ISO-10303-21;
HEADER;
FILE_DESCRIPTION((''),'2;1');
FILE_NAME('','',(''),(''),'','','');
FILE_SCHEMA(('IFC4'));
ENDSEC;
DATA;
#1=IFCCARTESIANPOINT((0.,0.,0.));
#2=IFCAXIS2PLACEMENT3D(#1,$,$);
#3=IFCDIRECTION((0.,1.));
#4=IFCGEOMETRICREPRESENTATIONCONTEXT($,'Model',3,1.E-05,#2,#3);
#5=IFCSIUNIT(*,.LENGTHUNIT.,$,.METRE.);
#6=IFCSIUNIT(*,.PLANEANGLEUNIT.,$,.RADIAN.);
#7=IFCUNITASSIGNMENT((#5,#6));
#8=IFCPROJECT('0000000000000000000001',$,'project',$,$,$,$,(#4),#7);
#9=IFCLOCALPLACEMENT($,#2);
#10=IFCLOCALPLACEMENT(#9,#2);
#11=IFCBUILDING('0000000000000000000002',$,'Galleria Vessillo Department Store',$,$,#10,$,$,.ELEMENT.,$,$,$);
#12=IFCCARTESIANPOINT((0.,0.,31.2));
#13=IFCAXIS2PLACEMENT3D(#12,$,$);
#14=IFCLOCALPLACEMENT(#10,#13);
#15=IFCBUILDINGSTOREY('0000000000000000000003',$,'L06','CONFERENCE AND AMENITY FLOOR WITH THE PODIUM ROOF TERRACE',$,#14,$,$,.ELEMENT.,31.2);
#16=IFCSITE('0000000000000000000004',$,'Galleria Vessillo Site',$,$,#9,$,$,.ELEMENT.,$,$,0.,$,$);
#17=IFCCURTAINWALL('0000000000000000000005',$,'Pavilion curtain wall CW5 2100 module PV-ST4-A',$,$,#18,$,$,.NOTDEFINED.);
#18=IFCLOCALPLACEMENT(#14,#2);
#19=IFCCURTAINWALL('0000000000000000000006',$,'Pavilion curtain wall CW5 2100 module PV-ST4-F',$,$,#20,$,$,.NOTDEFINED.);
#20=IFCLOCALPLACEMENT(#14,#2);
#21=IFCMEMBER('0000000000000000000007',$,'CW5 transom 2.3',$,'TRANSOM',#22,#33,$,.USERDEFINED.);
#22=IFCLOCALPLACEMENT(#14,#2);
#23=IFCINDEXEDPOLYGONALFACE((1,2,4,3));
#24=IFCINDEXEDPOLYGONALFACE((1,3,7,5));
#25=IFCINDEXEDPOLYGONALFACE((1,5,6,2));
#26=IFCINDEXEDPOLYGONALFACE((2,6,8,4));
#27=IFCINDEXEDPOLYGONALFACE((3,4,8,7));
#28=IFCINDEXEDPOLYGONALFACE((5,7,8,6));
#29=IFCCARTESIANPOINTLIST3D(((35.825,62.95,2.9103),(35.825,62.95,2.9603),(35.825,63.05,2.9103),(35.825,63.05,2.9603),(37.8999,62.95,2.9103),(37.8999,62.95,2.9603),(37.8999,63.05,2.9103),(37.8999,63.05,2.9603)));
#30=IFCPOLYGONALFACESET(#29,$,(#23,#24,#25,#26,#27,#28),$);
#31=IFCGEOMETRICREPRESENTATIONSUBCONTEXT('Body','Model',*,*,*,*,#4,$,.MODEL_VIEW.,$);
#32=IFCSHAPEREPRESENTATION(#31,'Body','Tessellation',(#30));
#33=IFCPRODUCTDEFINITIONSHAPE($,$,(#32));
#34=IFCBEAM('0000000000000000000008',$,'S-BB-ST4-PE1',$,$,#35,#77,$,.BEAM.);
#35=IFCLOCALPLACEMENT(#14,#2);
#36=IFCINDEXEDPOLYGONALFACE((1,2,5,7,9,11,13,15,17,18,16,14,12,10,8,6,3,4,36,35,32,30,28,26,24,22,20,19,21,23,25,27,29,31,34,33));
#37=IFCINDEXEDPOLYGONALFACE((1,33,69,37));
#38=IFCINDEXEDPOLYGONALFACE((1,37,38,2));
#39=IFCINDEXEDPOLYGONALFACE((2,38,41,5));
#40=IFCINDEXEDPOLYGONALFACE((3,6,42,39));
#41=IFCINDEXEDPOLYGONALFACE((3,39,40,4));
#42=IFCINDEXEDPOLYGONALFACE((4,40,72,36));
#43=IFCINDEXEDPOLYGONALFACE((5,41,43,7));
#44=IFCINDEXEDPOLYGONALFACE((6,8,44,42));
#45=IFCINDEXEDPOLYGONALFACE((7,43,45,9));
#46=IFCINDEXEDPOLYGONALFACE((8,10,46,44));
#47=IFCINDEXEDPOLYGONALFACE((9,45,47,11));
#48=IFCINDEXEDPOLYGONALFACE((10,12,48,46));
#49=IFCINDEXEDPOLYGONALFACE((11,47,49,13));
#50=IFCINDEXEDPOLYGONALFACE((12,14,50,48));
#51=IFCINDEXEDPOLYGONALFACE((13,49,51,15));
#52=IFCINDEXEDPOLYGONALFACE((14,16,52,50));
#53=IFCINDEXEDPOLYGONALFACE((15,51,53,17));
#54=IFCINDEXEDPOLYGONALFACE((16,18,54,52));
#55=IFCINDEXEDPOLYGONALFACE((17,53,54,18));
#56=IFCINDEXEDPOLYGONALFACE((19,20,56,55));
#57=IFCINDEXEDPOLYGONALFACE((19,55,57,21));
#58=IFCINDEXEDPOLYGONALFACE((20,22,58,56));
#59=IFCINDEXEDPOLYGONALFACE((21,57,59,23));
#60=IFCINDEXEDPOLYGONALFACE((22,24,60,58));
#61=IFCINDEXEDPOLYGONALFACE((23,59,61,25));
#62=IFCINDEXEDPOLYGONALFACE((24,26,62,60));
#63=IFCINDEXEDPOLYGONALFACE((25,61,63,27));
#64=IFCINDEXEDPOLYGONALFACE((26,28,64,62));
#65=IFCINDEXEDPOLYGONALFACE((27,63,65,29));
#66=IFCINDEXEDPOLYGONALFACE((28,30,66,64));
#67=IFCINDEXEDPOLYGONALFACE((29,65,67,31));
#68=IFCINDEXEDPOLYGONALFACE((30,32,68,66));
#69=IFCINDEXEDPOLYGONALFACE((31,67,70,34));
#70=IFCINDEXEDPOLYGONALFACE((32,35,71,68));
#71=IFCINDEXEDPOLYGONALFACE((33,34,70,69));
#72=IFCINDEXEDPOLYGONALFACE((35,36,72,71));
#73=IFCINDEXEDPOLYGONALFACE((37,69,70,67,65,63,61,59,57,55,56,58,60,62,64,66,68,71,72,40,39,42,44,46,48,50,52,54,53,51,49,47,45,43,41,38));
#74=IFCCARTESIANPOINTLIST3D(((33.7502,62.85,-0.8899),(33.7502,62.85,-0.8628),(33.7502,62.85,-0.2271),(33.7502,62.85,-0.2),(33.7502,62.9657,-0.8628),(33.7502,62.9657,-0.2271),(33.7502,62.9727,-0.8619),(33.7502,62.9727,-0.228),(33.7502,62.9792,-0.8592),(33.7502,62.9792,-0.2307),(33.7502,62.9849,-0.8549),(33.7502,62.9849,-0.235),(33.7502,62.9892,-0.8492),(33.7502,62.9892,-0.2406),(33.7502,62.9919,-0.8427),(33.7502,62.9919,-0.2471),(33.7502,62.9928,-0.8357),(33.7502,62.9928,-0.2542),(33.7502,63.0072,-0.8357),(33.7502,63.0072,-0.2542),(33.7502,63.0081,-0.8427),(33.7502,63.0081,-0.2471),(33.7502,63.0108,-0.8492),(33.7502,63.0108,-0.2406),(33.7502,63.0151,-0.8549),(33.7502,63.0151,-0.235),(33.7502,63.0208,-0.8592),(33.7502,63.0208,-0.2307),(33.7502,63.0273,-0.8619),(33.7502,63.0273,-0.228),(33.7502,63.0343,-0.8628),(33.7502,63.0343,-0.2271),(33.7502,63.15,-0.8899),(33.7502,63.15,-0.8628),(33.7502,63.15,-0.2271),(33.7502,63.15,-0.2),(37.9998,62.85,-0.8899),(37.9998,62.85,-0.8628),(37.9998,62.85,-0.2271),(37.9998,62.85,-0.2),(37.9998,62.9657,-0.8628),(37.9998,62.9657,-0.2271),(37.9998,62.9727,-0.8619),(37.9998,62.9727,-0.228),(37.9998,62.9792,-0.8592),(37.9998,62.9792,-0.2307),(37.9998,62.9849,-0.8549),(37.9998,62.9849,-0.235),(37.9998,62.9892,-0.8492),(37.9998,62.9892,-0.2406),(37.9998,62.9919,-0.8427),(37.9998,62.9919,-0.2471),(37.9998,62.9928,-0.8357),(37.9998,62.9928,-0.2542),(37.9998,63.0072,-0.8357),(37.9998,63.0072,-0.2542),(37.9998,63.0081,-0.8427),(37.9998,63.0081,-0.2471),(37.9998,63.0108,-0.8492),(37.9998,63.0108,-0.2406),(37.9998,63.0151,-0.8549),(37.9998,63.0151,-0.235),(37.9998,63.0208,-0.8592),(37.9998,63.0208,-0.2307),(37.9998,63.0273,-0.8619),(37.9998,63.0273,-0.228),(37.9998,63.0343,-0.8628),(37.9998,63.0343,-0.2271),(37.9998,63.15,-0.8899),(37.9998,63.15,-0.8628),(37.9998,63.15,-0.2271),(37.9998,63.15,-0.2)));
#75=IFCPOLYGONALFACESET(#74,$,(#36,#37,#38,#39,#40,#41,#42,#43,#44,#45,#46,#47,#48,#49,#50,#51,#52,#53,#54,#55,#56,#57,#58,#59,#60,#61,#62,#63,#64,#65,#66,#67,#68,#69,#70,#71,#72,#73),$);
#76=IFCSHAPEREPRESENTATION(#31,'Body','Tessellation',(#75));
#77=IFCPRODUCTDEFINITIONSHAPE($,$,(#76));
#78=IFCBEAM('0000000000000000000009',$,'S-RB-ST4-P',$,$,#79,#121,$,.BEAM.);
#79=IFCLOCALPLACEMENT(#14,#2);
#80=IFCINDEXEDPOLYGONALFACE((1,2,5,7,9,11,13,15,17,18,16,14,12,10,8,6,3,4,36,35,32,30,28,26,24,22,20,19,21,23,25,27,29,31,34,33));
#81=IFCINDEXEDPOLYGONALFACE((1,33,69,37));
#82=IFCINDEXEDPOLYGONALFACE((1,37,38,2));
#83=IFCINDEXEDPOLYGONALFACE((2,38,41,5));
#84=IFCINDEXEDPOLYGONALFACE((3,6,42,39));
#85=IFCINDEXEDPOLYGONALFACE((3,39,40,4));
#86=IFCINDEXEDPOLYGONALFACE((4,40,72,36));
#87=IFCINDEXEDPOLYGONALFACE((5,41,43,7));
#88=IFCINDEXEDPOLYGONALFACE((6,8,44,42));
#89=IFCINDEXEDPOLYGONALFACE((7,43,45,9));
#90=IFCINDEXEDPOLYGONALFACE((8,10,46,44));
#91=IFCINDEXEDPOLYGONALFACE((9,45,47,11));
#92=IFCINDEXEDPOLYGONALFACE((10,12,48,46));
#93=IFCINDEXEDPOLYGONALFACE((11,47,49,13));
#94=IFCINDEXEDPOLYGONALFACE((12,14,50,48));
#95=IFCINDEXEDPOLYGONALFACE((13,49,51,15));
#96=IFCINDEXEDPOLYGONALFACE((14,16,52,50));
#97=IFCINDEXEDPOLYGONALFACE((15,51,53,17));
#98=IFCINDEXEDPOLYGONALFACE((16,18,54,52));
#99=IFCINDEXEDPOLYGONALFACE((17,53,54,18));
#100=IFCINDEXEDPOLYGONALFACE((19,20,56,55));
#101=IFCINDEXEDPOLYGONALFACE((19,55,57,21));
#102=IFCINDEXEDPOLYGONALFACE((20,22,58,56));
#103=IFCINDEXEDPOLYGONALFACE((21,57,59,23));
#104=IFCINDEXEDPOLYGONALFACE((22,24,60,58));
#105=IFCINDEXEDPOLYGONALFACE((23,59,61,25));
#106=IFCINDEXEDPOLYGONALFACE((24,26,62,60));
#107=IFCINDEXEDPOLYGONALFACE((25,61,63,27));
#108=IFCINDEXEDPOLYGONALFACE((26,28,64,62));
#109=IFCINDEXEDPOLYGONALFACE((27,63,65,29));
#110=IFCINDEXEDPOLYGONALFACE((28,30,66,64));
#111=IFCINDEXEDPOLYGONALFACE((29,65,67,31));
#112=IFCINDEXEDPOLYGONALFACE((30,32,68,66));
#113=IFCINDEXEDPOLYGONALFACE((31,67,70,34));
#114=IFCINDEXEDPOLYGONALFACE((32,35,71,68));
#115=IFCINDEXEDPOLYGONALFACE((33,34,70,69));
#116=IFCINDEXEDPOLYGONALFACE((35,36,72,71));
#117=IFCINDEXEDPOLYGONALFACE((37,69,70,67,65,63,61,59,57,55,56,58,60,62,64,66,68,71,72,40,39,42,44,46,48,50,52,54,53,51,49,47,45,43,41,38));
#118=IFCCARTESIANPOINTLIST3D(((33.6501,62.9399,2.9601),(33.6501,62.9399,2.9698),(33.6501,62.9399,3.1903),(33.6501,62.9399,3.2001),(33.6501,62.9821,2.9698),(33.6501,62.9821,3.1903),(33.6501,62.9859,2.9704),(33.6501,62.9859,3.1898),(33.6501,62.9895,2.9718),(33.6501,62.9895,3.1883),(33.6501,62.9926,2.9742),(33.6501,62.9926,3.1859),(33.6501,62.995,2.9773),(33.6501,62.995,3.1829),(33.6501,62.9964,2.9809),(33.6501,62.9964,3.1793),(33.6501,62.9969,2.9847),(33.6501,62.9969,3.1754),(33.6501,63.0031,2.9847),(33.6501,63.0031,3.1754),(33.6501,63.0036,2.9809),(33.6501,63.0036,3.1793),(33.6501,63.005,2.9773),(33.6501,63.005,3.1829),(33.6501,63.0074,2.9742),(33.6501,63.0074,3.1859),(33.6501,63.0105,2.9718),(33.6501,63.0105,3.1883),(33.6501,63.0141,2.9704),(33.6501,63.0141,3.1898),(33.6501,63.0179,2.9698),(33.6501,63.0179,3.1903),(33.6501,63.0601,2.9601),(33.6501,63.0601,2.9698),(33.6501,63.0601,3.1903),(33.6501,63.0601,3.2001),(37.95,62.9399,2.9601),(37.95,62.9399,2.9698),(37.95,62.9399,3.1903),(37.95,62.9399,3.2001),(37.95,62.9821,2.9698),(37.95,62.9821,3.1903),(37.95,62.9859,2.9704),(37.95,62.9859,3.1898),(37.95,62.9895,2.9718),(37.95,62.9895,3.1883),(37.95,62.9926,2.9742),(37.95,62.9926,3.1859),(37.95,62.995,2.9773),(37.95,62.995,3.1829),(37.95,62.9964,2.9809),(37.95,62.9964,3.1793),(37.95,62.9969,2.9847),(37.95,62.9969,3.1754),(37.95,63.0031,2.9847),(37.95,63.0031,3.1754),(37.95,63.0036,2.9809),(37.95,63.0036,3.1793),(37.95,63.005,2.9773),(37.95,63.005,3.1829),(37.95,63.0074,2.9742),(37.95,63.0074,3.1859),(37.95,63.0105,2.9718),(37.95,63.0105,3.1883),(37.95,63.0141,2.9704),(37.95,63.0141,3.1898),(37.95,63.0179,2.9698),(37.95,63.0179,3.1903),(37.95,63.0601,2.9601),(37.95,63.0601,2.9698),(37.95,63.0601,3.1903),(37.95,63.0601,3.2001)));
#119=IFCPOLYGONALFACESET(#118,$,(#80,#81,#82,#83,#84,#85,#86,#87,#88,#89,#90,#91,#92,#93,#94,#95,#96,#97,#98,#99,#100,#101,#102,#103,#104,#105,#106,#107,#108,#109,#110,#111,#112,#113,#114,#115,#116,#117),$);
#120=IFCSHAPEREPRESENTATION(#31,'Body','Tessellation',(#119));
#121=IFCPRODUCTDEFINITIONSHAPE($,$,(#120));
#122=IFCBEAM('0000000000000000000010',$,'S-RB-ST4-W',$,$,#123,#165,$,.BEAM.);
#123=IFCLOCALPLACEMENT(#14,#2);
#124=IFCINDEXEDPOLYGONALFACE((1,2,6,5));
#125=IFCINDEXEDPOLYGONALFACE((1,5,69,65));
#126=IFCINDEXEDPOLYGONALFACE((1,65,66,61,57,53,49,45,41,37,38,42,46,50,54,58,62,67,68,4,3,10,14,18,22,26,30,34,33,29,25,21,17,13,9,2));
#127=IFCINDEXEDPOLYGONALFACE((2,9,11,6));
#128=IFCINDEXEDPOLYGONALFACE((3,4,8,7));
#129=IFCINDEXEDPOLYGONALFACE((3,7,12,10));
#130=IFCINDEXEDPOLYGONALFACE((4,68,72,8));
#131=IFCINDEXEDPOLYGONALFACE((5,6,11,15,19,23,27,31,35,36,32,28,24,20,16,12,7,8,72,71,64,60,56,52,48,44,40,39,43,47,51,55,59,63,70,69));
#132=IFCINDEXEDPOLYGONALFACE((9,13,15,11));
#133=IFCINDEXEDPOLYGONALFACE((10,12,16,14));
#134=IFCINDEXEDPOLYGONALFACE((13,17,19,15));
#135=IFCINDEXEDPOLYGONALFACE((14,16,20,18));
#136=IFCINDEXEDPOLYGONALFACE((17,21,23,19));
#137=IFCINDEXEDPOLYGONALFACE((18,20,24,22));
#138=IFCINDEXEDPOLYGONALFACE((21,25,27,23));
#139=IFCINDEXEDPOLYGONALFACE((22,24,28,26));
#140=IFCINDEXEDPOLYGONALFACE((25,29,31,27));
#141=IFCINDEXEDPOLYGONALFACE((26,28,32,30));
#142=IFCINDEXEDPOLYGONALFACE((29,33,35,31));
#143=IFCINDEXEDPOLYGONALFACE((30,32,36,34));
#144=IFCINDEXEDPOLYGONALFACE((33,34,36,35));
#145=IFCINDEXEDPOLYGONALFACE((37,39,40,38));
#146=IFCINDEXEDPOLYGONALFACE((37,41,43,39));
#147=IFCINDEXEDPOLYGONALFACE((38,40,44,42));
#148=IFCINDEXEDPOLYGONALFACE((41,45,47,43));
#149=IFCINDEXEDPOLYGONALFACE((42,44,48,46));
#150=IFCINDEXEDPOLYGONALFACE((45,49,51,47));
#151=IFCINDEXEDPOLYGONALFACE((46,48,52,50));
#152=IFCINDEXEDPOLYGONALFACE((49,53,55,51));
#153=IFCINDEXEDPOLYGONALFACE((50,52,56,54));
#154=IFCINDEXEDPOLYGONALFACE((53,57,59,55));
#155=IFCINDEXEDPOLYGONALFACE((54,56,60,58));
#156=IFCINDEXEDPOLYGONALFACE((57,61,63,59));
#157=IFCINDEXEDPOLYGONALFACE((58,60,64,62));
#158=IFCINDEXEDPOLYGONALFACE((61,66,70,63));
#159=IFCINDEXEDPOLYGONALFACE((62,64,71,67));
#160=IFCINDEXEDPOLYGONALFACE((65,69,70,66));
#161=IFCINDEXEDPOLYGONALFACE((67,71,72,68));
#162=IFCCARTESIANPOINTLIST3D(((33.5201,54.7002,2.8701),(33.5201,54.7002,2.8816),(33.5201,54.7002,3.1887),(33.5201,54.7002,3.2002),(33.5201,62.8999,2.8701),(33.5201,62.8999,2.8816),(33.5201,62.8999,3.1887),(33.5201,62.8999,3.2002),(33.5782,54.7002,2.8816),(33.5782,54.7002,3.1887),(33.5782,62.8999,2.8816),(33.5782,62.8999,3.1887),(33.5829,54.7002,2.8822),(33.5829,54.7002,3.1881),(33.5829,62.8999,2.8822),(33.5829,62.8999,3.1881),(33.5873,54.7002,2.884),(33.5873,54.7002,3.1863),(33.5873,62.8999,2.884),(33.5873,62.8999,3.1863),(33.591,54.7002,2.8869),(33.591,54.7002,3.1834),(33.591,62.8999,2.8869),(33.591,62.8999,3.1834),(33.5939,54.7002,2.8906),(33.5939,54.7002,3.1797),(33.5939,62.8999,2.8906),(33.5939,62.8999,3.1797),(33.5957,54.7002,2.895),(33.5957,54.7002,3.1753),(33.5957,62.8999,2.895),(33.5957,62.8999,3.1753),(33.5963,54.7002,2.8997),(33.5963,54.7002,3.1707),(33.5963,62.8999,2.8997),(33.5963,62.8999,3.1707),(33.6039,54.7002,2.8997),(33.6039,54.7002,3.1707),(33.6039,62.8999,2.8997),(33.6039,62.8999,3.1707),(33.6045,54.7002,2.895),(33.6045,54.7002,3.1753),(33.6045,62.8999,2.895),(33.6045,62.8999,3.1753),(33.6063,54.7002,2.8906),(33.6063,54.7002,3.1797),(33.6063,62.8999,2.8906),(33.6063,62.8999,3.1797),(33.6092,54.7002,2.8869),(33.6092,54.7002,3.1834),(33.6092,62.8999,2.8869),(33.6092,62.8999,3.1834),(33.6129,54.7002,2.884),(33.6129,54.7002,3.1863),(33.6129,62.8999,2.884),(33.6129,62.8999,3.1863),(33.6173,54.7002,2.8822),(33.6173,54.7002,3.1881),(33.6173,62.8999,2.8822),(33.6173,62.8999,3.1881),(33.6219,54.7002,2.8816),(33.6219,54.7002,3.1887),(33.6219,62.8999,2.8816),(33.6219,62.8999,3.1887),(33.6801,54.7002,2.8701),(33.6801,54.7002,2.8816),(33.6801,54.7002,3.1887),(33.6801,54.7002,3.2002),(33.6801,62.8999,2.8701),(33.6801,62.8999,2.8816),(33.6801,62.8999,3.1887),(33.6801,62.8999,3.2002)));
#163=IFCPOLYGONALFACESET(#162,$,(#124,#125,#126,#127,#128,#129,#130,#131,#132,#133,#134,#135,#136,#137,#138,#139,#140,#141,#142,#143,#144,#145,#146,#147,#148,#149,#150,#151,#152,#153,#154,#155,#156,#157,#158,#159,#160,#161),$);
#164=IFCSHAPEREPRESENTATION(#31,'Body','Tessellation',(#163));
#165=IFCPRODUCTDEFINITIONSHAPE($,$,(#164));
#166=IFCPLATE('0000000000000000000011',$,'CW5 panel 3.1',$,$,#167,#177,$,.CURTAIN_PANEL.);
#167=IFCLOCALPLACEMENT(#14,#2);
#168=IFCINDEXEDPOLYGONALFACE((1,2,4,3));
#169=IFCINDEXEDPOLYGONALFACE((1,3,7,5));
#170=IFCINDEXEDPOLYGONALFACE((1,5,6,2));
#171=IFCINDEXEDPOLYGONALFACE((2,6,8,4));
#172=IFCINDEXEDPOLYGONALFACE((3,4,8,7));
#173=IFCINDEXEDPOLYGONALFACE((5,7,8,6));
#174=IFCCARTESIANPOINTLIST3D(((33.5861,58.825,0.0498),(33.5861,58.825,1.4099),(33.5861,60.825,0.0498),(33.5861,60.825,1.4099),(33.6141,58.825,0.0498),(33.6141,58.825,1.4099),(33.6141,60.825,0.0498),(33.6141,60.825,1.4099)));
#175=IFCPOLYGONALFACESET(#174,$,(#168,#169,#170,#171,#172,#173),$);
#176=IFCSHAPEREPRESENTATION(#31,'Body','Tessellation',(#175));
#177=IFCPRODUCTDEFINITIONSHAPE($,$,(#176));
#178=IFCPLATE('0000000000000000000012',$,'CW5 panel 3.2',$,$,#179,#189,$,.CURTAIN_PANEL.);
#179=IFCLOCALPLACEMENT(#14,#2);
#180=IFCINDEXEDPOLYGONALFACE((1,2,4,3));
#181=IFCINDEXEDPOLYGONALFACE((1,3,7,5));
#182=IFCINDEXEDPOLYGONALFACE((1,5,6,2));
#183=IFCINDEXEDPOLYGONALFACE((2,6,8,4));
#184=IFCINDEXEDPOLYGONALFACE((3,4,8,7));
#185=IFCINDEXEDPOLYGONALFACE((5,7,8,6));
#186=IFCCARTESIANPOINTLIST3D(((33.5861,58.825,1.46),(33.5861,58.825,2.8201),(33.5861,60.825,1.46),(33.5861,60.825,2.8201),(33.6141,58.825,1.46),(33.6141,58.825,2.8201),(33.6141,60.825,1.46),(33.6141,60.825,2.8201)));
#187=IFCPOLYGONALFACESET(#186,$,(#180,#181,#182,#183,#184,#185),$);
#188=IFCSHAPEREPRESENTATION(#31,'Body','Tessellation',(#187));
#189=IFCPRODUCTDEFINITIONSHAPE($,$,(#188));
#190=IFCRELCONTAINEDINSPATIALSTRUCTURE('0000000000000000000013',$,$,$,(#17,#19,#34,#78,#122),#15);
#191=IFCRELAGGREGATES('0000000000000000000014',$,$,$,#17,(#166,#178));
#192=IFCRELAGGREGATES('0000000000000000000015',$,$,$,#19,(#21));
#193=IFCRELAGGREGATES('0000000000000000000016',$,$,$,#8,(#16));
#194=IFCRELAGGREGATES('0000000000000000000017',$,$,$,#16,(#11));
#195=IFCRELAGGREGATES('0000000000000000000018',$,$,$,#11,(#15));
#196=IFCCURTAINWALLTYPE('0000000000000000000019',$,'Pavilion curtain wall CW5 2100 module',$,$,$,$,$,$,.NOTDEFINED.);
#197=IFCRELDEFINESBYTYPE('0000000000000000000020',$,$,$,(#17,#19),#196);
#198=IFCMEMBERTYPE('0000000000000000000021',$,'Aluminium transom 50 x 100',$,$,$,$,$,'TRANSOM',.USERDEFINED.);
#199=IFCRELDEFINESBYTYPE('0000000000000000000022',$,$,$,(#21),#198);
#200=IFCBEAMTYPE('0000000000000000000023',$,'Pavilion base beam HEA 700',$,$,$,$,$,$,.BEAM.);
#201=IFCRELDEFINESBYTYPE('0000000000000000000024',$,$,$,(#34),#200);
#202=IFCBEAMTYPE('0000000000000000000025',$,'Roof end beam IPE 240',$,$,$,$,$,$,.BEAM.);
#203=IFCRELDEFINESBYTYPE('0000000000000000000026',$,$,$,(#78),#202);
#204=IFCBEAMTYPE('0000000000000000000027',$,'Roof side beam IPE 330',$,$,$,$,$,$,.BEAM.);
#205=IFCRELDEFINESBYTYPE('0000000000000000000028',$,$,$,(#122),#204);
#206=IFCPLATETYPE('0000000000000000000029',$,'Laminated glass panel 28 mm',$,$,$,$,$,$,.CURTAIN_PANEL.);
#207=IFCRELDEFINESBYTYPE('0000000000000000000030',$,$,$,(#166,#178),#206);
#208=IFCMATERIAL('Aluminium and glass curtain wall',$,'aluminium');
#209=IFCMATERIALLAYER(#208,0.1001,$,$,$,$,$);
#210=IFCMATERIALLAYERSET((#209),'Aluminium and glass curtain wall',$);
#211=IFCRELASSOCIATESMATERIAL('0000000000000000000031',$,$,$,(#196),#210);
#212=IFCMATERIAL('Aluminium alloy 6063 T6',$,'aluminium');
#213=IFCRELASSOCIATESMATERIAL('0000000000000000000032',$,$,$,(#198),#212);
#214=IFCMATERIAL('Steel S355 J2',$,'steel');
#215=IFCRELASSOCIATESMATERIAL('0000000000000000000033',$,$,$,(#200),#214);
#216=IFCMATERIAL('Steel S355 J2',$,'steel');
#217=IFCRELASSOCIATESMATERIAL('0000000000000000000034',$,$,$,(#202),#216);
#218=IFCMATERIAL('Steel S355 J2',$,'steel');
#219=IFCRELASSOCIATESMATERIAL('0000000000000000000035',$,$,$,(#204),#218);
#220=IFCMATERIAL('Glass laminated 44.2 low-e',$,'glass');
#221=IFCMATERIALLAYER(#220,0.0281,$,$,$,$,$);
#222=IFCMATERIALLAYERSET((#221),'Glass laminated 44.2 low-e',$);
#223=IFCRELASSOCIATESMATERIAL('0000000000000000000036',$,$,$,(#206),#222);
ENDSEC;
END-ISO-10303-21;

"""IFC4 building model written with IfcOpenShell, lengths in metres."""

from ifc_helpers import new_model, si_unit, direction, frame, origin, origin_2d, place, context, subcontext, project, spatial, rectangle, i_section, extrude, material, layer, layer_set, material_profile, profile_set, type_object, element, aggregate, save


model = new_model("IFC4")

# Units and contexts
model_context = context("Model", 3, precision=1e-05, world=origin(), true_north=direction((0.0, 1.0)))
body_context = subcontext(model_context, "Body", "Model", "MODEL_VIEW")
ifc_project = project(units=[si_unit("LENGTHUNIT", "METRE"), si_unit("PLANEANGLEUNIT", "RADIAN")], contexts=[model_context])

# Site, building, storey
site_placement = place(None, origin())
site = spatial("IfcSite", under=ifc_project, at=site_placement, Name="Galleria Vessillo Site", CompositionType="ELEMENT", RefElevation=0.0)
building_placement = place(site_placement, origin())
building = spatial("IfcBuilding", under=site, at=building_placement, Name="Galleria Vessillo Department Store", CompositionType="ELEMENT")
storey_placement = place(building_placement, frame((0.0, 0.0, 31.2)))
storey = spatial("IfcBuildingStorey", under=building, at=storey_placement, Name="L06", Description="CONFERENCE AND AMENITY FLOOR WITH THE PODIUM ROOF TERRACE", CompositionType="ELEMENT", Elevation=31.2)

# Curtain walls
ifc_material_1 = material(Name="Aluminium and glass curtain wall", Category="aluminium")
ifc_layer_1 = layer(ifc_material_1, 0.1001)
ifc_layer_set_1 = layer_set([ifc_layer_1], Name="Aluminium and glass curtain wall")
curtain_wall_type = type_object("IfcCurtainWallType", Name="Pavilion curtain wall CW5 2100 module", PredefinedType="NOTDEFINED", material=ifc_layer_set_1)
curtain_wall_1_placement = place(storey_placement, origin())
curtain_wall_1 = element("IfcCurtainWall", 1, at=curtain_wall_1_placement, inside=storey, type_object=curtain_wall_type, Name="Pavilion curtain wall CW5 2100 module PV-ST4-A", PredefinedType="NOTDEFINED")
curtain_wall_2_placement = place(storey_placement, origin())
curtain_wall_2 = element("IfcCurtainWall", 2, at=curtain_wall_2_placement, inside=storey, type_object=curtain_wall_type, Name="Pavilion curtain wall CW5 2100 module PV-ST4-F", PredefinedType="NOTDEFINED")

# Member
ifc_material_2 = material(Name="Aluminium alloy 6063 T6", Category="aluminium")
ifc_material_profile_1 = material_profile(ifc_material_2, rectangle(XDim=0.1001, YDim=0.05, at=origin_2d()), Name="AL 50x100")
ifc_profile_set_1 = profile_set([ifc_material_profile_1], Name="Aluminium alloy 6063 T6")
member_type_1 = type_object("IfcMemberType", Name="Aluminium transom 50 x 100", ElementType="TRANSOM", PredefinedType="USERDEFINED", material=ifc_profile_set_1)
member_1_placement = place(storey_placement, frame((35.825, 63.0, 2.9353), z_axis=(1.0, 0.0, 0.0), x_axis=(0.0, 1.0, 0.0)))
member_1 = element("IfcMember", 3, at=member_1_placement, type_object=member_type_1, Name="CW5 transom 2.3", ObjectType="TRANSOM", PredefinedType="USERDEFINED", context=body_context, shape_type="SweptSolid", body=[
    extrude(rectangle(XDim=0.1001, YDim=0.05, at=origin_2d()), origin(), (0.0, 0.0, 1.0), 2.075),
])

# Beams
ifc_material_3 = material(Name="Steel S355 J2", Category="steel")
ifc_material_profile_2 = material_profile(ifc_material_3, i_section(OverallWidth=0.3, OverallDepth=0.6899, WebThickness=0.0144, FlangeThickness=0.0271, FilletRadius=0.0271, at=origin_2d()), Name="HEA 700")
ifc_profile_set_2 = profile_set([ifc_material_profile_2], Name="Steel S355 J2")
beam_type_1 = type_object("IfcBeamType", Name="Pavilion base beam HEA 700", PredefinedType="BEAM", material=ifc_profile_set_2)
beam_1_placement = place(storey_placement, frame((33.7502, 63.0, -0.5449), z_axis=(1.0, 0.0, 0.0), x_axis=(0.0, 1.0, 0.0)))
element("IfcBeam", 4, at=beam_1_placement, inside=storey, type_object=beam_type_1, Name="S-BB-ST4-PE1", PredefinedType="BEAM", context=body_context, shape_type="SweptSolid", body=[
    extrude(i_section(OverallWidth=0.3, OverallDepth=0.6899, WebThickness=0.0144, FlangeThickness=0.0271, FilletRadius=0.0271, at=origin_2d()), origin(), (0.0, 0.0, 1.0), 4.2495),
])
ifc_material_4 = material(Name="Steel S355 J2", Category="steel")
ifc_material_profile_3 = material_profile(ifc_material_4, i_section(OverallWidth=0.1201, OverallDepth=0.24, WebThickness=0.0061, FlangeThickness=0.0098, FilletRadius=0.0149, at=origin_2d()), Name="IPE 240")
ifc_profile_set_3 = profile_set([ifc_material_profile_3], Name="Steel S355 J2")
beam_type_2 = type_object("IfcBeamType", Name="Roof end beam IPE 240", PredefinedType="BEAM", material=ifc_profile_set_3)
beam_2_placement = place(storey_placement, frame((33.6501, 63.0, 3.0801), z_axis=(1.0, 0.0, 0.0), x_axis=(0.0, 1.0, 0.0)))
element("IfcBeam", 5, at=beam_2_placement, inside=storey, type_object=beam_type_2, Name="S-RB-ST4-P", PredefinedType="BEAM", context=body_context, shape_type="SweptSolid", body=[
    extrude(i_section(OverallWidth=0.1201, OverallDepth=0.24, WebThickness=0.0061, FlangeThickness=0.0098, FilletRadius=0.0149, at=origin_2d()), origin(), (0.0, 0.0, 1.0), 4.2998),
])
ifc_material_5 = material(Name="Steel S355 J2", Category="steel")
ifc_material_profile_4 = material_profile(ifc_material_5, i_section(OverallWidth=0.1599, OverallDepth=0.3301, WebThickness=0.0076, FlangeThickness=0.0115, FilletRadius=0.0181, at=origin_2d()), Name="IPE 330")
ifc_profile_set_4 = profile_set([ifc_material_profile_4], Name="Steel S355 J2")
beam_type_3 = type_object("IfcBeamType", Name="Roof side beam IPE 330", PredefinedType="BEAM", material=ifc_profile_set_4)
beam_3_placement = place(storey_placement, frame((33.6001, 62.8999, 3.0352), z_axis=(0.0, -1.0, 0.0), x_axis=(1.0, 0.0, 0.0)))
element("IfcBeam", 6, at=beam_3_placement, inside=storey, type_object=beam_type_3, Name="S-RB-ST4-W", PredefinedType="BEAM", context=body_context, shape_type="SweptSolid", body=[
    extrude(i_section(OverallWidth=0.1599, OverallDepth=0.3301, WebThickness=0.0076, FlangeThickness=0.0115, FilletRadius=0.0181, at=origin_2d()), origin(), (0.0, 0.0, 1.0), 8.1997),
])

# Plates
ifc_material_6 = material(Name="Glass laminated 44.2 low-e", Category="glass")
ifc_layer_2 = layer(ifc_material_6, 0.0281)
ifc_layer_set_2 = layer_set([ifc_layer_2], Name="Glass laminated 44.2 low-e")
plate_type = type_object("IfcPlateType", Name="Laminated glass panel 28 mm", PredefinedType="CURTAIN_PANEL", material=ifc_layer_set_2)
plate_1_placement = place(storey_placement, frame((33.6001, 59.825, 0.0498), z_axis=(0.0, 0.0, 1.0), x_axis=(0.0, 1.0, 0.0)))
plate_1 = element("IfcPlate", 7, at=plate_1_placement, type_object=plate_type, Name="CW5 panel 3.1", PredefinedType="CURTAIN_PANEL", context=body_context, shape_type="SweptSolid", body=[
    extrude(rectangle(XDim=2.0, YDim=0.0281, at=origin_2d()), origin(), (0.0, 0.0, 1.0), 1.3601),
])
plate_2_placement = place(storey_placement, frame((33.6001, 59.825, 1.46), z_axis=(0.0, 0.0, 1.0), x_axis=(0.0, 1.0, 0.0)))
plate_2 = element("IfcPlate", 8, at=plate_2_placement, type_object=plate_type, Name="CW5 panel 3.2", PredefinedType="CURTAIN_PANEL", context=body_context, shape_type="SweptSolid", body=[
    extrude(rectangle(XDim=2.0, YDim=0.0281, at=origin_2d()), origin(), (0.0, 0.0, 1.0), 1.3601),
])
aggregate(curtain_wall_1, [plate_1, plate_2])
aggregate(curtain_wall_2, [member_1])

save(model, "model.ifc")
